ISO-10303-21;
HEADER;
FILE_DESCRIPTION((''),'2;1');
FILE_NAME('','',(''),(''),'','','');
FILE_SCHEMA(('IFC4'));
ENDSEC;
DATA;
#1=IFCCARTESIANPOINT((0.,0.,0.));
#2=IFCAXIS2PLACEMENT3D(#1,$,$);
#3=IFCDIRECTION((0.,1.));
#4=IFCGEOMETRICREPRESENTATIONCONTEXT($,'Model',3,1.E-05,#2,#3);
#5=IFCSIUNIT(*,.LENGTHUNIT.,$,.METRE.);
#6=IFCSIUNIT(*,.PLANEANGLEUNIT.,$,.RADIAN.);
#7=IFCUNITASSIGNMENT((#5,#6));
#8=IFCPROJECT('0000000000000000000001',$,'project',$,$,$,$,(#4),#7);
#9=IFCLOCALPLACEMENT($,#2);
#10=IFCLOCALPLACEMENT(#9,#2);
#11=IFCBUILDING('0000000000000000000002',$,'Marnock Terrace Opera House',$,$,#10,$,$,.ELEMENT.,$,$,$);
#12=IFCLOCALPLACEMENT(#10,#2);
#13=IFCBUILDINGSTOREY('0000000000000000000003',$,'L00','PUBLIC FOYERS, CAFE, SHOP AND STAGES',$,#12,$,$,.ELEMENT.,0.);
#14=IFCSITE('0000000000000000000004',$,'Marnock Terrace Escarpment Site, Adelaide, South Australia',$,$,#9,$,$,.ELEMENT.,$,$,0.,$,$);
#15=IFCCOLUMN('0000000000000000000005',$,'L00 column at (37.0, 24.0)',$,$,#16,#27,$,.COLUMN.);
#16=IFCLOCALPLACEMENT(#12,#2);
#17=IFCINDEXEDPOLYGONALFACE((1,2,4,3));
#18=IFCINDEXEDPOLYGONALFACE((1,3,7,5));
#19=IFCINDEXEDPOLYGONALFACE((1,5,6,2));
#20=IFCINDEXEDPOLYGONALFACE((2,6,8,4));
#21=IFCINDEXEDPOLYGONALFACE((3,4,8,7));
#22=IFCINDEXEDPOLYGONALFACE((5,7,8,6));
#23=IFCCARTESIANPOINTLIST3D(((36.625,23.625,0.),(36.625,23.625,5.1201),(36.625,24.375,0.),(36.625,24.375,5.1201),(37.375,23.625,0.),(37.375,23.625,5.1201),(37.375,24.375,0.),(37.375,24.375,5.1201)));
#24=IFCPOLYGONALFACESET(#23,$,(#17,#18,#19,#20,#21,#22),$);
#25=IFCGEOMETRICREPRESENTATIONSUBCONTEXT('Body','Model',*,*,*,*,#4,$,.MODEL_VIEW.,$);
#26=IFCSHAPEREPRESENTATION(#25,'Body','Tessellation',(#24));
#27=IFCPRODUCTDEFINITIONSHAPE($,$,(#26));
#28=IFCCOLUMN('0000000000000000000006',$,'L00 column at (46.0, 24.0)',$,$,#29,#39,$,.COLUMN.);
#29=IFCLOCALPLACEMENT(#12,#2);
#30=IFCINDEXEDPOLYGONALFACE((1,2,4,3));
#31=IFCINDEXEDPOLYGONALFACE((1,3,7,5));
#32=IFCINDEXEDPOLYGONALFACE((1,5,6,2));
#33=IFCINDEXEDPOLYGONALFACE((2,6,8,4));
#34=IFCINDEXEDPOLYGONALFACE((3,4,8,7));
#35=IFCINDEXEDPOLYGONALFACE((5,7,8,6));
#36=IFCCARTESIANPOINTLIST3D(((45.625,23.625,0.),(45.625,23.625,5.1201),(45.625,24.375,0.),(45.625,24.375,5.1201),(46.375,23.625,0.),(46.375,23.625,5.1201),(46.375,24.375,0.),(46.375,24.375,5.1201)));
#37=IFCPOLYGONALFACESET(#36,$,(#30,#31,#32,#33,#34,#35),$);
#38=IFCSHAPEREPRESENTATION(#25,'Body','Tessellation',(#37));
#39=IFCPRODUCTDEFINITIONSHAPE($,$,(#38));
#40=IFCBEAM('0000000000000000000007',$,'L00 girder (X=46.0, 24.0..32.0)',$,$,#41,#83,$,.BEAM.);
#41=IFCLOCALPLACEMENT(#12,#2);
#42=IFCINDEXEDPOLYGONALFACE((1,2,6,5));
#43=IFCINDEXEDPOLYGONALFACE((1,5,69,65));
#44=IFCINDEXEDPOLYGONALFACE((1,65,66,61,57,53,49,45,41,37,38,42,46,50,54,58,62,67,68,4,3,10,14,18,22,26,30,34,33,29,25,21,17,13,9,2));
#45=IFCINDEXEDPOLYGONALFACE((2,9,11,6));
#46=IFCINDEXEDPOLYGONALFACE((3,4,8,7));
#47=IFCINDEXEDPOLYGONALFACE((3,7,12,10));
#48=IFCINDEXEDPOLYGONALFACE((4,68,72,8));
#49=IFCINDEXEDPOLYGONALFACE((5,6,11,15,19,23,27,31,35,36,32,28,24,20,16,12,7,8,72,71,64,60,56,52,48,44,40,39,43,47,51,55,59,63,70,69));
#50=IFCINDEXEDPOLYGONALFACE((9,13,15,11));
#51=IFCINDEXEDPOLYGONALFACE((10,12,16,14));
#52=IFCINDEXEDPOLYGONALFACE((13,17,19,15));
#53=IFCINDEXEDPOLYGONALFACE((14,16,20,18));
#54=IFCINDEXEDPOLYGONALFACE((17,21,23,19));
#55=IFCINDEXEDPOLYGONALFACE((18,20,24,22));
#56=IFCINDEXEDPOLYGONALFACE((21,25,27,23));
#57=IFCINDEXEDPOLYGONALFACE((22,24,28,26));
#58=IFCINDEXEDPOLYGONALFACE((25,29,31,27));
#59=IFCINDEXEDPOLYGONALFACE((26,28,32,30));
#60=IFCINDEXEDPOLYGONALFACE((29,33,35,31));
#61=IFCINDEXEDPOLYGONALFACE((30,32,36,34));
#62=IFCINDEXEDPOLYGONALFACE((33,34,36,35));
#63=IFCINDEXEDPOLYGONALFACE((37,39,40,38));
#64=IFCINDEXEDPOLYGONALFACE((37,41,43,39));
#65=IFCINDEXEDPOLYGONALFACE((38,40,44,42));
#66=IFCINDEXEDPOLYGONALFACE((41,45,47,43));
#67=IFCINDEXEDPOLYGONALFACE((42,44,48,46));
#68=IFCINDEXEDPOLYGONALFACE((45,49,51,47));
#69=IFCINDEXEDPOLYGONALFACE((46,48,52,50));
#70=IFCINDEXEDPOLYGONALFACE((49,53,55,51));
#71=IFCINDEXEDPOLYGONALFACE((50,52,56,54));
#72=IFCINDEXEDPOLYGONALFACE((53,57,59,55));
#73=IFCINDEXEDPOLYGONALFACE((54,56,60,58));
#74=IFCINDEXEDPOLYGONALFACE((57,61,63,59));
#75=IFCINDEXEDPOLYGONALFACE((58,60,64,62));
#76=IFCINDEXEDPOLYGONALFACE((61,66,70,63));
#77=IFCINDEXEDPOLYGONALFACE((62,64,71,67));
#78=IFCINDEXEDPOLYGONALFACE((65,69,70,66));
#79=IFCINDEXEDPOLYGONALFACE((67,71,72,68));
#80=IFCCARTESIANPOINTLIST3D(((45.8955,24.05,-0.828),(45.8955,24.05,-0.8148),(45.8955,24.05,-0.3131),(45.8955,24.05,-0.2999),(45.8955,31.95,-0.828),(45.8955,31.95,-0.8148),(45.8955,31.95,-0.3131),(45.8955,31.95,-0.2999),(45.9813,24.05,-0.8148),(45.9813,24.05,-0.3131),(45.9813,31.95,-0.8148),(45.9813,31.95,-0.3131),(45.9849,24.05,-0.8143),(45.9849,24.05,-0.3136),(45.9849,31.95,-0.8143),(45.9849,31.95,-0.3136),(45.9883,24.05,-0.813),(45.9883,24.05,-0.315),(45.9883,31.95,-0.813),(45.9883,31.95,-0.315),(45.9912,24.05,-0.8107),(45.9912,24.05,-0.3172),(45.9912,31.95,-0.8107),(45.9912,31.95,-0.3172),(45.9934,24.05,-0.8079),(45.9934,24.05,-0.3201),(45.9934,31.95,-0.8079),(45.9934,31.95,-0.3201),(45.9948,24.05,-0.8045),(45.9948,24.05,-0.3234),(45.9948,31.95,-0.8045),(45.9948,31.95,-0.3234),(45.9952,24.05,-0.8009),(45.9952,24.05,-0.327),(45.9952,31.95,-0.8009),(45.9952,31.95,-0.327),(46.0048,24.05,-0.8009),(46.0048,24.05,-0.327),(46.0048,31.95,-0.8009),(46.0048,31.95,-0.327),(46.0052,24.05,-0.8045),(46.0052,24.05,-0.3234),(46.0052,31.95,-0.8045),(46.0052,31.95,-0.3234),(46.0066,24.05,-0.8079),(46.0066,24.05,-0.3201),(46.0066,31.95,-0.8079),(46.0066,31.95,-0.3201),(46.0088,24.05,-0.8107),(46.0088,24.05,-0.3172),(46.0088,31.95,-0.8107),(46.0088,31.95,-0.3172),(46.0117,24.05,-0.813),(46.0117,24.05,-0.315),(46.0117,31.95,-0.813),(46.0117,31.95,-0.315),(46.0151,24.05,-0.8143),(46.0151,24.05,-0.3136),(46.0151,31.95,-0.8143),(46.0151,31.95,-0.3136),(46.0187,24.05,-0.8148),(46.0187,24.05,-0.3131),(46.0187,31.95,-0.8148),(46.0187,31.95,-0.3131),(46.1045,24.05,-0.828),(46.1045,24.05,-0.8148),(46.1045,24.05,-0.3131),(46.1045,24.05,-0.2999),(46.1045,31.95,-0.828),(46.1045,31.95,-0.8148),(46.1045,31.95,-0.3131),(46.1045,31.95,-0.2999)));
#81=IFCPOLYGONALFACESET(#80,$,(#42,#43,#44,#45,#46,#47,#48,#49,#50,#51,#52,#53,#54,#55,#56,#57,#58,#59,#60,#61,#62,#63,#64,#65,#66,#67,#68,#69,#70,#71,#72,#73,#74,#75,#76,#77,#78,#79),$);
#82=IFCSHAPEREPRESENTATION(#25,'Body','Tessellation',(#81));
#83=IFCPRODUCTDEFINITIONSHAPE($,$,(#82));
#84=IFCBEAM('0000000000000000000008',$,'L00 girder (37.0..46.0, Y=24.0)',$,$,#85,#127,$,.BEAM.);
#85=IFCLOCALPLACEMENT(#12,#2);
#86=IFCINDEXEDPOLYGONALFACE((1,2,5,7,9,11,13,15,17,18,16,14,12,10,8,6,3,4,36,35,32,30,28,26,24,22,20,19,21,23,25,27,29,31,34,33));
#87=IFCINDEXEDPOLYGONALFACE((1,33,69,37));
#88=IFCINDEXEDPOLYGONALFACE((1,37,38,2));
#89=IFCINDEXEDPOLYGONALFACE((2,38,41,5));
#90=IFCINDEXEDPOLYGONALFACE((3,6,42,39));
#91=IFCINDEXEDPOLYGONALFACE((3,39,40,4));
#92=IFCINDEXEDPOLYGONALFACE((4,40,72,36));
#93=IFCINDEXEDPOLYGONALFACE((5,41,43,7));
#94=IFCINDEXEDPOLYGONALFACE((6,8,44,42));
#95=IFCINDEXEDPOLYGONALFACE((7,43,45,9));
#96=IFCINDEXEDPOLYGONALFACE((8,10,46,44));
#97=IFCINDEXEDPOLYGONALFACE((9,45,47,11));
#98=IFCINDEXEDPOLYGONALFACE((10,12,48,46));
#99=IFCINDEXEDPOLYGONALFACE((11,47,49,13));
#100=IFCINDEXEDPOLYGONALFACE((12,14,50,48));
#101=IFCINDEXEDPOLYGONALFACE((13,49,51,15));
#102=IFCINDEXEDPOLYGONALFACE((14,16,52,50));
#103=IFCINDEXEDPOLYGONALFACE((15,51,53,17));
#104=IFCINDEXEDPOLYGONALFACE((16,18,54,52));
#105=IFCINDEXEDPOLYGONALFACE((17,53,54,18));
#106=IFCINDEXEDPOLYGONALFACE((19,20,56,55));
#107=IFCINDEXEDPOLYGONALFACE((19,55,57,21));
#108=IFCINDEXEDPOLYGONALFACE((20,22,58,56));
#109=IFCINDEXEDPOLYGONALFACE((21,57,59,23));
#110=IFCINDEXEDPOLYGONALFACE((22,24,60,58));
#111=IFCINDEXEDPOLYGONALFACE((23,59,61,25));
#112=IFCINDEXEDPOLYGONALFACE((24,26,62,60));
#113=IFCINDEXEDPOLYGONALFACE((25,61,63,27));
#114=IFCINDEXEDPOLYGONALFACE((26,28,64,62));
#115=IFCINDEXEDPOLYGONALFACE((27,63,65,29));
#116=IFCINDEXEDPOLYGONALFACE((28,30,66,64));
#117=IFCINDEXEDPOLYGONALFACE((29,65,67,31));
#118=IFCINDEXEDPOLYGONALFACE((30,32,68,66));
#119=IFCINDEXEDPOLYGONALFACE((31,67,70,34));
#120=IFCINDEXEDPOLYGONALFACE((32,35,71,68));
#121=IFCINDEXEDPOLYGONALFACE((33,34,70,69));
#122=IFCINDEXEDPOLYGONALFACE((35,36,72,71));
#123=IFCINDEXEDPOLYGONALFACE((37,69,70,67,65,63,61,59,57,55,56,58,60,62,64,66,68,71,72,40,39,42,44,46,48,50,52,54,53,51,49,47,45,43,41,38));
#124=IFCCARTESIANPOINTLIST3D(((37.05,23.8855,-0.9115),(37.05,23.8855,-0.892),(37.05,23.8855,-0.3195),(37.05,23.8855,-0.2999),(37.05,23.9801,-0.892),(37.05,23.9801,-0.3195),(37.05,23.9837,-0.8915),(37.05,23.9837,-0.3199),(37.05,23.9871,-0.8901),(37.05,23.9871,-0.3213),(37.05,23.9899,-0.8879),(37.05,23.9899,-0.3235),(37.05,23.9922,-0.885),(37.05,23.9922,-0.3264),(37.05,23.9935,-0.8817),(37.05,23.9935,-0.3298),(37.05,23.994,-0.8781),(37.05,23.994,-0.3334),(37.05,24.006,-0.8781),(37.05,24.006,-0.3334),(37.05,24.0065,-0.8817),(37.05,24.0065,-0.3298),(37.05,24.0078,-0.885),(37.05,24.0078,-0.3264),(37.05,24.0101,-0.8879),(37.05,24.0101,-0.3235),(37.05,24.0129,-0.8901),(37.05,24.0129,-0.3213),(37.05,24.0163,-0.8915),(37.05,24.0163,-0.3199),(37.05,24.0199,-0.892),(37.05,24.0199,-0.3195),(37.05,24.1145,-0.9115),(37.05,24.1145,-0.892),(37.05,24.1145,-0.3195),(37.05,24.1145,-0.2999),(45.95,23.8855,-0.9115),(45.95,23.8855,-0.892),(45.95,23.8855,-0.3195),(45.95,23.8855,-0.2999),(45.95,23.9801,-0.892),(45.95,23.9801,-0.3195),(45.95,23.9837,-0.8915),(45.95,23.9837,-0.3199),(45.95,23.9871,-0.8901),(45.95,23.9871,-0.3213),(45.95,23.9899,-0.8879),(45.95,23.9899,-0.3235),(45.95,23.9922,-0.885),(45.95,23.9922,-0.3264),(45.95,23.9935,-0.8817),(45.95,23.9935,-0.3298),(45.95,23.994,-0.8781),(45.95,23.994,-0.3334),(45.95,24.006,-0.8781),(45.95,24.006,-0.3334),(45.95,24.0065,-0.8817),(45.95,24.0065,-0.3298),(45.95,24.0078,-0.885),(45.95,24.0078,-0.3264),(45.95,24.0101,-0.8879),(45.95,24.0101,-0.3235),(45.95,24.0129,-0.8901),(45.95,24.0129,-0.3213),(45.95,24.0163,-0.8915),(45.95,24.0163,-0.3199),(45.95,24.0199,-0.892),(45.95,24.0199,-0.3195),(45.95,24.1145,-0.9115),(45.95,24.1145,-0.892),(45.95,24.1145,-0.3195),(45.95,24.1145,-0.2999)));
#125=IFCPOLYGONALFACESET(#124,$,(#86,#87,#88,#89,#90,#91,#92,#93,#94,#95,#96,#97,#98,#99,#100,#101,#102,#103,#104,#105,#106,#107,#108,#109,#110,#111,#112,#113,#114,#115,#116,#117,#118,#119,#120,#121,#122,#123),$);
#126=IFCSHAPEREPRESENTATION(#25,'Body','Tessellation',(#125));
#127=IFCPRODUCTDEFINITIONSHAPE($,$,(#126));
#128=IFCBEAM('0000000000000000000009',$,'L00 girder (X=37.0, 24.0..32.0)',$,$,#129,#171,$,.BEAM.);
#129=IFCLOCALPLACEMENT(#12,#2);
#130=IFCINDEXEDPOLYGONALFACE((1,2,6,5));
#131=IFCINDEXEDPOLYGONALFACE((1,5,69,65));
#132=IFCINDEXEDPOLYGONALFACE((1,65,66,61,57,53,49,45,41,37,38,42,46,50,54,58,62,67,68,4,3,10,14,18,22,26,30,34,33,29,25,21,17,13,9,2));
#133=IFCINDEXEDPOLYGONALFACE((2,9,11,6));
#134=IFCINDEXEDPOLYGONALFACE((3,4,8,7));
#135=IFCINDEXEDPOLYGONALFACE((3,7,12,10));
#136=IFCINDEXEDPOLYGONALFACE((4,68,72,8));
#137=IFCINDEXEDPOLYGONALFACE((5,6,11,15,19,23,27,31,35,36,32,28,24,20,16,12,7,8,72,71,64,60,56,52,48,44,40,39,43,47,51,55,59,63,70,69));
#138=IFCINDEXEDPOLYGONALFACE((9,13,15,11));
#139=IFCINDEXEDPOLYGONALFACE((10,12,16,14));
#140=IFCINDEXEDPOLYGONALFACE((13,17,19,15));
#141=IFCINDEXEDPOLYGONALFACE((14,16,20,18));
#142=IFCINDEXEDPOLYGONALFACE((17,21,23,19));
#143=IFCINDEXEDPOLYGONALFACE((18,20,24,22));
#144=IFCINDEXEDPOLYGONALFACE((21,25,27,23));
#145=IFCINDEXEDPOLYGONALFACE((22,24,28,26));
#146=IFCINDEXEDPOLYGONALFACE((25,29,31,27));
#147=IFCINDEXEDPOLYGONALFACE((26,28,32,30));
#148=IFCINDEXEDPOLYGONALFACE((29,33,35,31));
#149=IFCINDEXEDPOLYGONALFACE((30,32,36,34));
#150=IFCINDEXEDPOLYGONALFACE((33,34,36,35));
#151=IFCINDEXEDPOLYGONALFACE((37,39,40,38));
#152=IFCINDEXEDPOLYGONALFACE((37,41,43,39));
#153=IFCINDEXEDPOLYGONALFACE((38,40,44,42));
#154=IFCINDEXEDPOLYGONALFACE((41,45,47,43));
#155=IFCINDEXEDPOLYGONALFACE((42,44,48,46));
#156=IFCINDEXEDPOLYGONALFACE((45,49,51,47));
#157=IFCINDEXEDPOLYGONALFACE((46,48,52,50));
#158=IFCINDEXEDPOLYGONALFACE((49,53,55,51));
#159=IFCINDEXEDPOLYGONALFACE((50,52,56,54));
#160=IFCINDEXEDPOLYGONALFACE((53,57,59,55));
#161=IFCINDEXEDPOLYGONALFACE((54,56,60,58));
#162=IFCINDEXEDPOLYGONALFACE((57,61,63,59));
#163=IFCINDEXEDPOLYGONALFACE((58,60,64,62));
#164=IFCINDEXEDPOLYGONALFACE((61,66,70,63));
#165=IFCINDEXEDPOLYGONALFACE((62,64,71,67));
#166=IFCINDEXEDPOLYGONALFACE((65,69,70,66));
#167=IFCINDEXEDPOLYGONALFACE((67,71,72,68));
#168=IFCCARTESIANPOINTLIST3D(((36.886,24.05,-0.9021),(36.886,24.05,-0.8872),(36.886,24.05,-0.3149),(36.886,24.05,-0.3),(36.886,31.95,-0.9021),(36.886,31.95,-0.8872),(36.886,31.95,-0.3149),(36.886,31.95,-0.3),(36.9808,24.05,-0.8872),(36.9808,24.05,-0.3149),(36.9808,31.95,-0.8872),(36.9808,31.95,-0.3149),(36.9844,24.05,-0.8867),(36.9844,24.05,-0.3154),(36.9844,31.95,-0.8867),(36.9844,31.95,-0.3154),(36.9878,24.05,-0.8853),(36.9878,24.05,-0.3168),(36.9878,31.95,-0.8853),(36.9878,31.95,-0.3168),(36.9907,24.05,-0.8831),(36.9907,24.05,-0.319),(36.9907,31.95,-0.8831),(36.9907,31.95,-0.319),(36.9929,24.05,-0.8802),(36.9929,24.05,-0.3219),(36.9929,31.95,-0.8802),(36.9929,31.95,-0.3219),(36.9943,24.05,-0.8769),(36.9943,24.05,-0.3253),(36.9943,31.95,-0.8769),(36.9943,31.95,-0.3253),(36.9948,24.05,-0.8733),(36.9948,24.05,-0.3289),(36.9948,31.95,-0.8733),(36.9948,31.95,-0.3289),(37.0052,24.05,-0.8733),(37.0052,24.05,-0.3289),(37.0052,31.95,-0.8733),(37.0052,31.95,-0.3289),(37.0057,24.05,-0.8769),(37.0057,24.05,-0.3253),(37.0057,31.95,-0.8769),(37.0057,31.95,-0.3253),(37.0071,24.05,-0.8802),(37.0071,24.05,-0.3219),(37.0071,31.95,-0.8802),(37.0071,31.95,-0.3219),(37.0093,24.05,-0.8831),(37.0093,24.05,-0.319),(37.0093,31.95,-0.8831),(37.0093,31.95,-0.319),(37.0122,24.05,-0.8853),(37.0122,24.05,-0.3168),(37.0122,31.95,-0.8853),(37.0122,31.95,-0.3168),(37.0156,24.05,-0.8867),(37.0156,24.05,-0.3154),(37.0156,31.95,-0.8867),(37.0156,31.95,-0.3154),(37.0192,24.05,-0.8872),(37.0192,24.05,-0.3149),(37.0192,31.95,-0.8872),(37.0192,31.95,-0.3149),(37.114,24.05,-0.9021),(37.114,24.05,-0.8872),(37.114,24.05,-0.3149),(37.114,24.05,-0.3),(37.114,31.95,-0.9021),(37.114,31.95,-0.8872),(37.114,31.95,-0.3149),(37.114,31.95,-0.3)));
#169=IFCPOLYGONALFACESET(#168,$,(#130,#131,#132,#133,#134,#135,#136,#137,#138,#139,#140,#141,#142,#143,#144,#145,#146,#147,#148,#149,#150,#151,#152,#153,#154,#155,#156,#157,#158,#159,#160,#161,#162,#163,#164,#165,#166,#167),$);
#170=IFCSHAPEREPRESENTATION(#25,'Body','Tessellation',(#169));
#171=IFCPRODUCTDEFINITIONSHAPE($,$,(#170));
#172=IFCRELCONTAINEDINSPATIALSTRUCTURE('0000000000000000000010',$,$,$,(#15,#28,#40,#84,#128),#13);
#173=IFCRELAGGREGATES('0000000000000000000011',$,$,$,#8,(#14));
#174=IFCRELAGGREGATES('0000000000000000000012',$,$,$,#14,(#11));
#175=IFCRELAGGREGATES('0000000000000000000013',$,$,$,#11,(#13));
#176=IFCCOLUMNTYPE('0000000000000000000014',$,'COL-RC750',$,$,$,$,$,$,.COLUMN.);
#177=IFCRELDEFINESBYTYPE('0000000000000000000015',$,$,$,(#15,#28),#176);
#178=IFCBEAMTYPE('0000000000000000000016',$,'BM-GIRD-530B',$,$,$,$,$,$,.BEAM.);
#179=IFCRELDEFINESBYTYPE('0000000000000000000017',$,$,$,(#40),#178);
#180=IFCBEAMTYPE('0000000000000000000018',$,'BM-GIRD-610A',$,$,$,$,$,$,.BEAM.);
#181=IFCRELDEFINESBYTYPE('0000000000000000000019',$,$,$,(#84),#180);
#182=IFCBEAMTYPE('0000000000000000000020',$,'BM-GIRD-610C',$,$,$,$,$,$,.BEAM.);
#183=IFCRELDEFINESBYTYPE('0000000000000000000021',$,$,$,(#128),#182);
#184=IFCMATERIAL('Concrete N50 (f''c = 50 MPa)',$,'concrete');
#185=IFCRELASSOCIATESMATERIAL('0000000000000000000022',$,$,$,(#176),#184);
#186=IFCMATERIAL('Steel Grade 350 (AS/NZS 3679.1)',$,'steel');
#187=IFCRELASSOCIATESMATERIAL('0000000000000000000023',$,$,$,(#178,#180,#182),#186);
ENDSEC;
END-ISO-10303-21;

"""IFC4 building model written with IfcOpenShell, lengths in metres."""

from ifc_helpers import new_model, si_unit, direction, frame, origin, origin_2d, place, context, subcontext, project, spatial, rectangle, i_section, extrude, material, material_profile, profile_set, type_object, element, save


model = new_model("IFC4")

# Units and contexts
model_context = context("Model", 3, precision=1e-05, world=origin(), true_north=direction((0.0, 1.0)))
body_context = subcontext(model_context, "Body", "Model", "MODEL_VIEW")
ifc_project = project(units=[si_unit("LENGTHUNIT", "METRE"), si_unit("PLANEANGLEUNIT", "RADIAN")], contexts=[model_context])

# Site, building, storey
site_placement = place(None, origin())
site = spatial("IfcSite", under=ifc_project, at=site_placement, Name="Marnock Terrace Escarpment Site, Adelaide, South Australia", CompositionType="ELEMENT", RefElevation=0.0)
building_placement = place(site_placement, origin())
building = spatial("IfcBuilding", under=site, at=building_placement, Name="Marnock Terrace Opera House", CompositionType="ELEMENT")
storey_placement = place(building_placement, origin())
storey = spatial("IfcBuildingStorey", under=building, at=storey_placement, Name="L00", Description="PUBLIC FOYERS, CAFE, SHOP AND STAGES", CompositionType="ELEMENT", Elevation=0.0)

# Columns
ifc_material_1 = material(Name="Concrete N50 (f'c = 50 MPa)", Category="concrete")
ifc_material_profile_1 = material_profile(ifc_material_1, rectangle(XDim=0.75, YDim=0.75, at=origin_2d()))
ifc_profile_set_1 = profile_set([ifc_material_profile_1], Name="Concrete N50 (f'c = 50 MPa)")
column_type = type_object("IfcColumnType", Name="COL-RC750", PredefinedType="COLUMN", material=ifc_profile_set_1)
for number, where, z_axis, x_axis, name in (
    (1, (37.0, 24.0, 0.0), (0.0, 0.0, 1.0), (1.0, 0.0, 0.0), "L00 column at (37.0, 24.0)"),
    (2, (46.0, 24.0, 0.0), (0.0, 0.0, 1.0), (1.0, 0.0, 0.0), "L00 column at (46.0, 24.0)"),
):
    element("IfcColumn", number, at=place(storey_placement, frame(where, z_axis=z_axis, x_axis=x_axis)), inside=storey, type_object=column_type, Name=name, PredefinedType="COLUMN", context=body_context, shape_type="SweptSolid", body=[
        extrude(rectangle(XDim=0.75, YDim=0.75, at=origin_2d()), origin(), (0.0, 0.0, 1.0), 5.1201),
    ])

# Beams
ifc_material_2 = material(Name="Steel Grade 350 (AS/NZS 3679.1)", Category="steel")
ifc_material_profile_2 = material_profile(ifc_material_2, i_section(OverallWidth=0.209, OverallDepth=0.5281, WebThickness=0.0095, FlangeThickness=0.0132, FilletRadius=0.0139, at=origin_2d()))
ifc_profile_set_2 = profile_set([ifc_material_profile_2], Name="Steel Grade 350 (AS/NZS 3679.1)")
beam_type_1 = type_object("IfcBeamType", Name="BM-GIRD-530B", PredefinedType="BEAM", material=ifc_profile_set_2)
beam_1_placement = place(storey_placement, frame((46.0, 24.05, -0.564), z_axis=(0.0, 1.0, 0.0), x_axis=(-1.0, 0.0, 0.0)))
element("IfcBeam", 3, at=beam_1_placement, inside=storey, type_object=beam_type_1, Name="L00 girder (X=46.0, 24.0..32.0)", PredefinedType="BEAM", context=body_context, shape_type="SweptSolid", body=[
    extrude(i_section(OverallWidth=0.209, OverallDepth=0.5281, WebThickness=0.0095, FlangeThickness=0.0132, FilletRadius=0.0139, at=origin_2d()), origin(), (0.0, 0.0, 1.0), 7.8999),
])
ifc_material_profile_3 = material_profile(ifc_material_2, i_section(OverallWidth=0.229, OverallDepth=0.6116, WebThickness=0.012, FlangeThickness=0.0195, FilletRadius=0.0139, at=origin_2d()))
ifc_profile_set_3 = profile_set([ifc_material_profile_3], Name="Steel Grade 350 (AS/NZS 3679.1)")
beam_type_2 = type_object("IfcBeamType", Name="BM-GIRD-610A", PredefinedType="BEAM", material=ifc_profile_set_3)
beam_2_placement = place(storey_placement, frame((37.05, 24.0, -0.6057), z_axis=(1.0, 0.0, 0.0), x_axis=(0.0, 1.0, 0.0)))
element("IfcBeam", 4, at=beam_2_placement, inside=storey, type_object=beam_type_2, Name="L00 girder (37.0..46.0, Y=24.0)", PredefinedType="BEAM", context=body_context, shape_type="SweptSolid", body=[
    extrude(i_section(OverallWidth=0.229, OverallDepth=0.6116, WebThickness=0.012, FlangeThickness=0.0195, FilletRadius=0.0139, at=origin_2d()), origin(), (0.0, 0.0, 1.0), 8.8999),
])
ifc_material_profile_4 = material_profile(ifc_material_2, i_section(OverallWidth=0.228, OverallDepth=0.6021, WebThickness=0.0105, FlangeThickness=0.0149, FilletRadius=0.0139, at=origin_2d()))
ifc_profile_set_4 = profile_set([ifc_material_profile_4], Name="Steel Grade 350 (AS/NZS 3679.1)")
beam_type_3 = type_object("IfcBeamType", Name="BM-GIRD-610C", PredefinedType="BEAM", material=ifc_profile_set_4)
beam_3_placement = place(storey_placement, frame((37.0, 24.05, -0.6011), z_axis=(0.0, 1.0, 0.0), x_axis=(-1.0, 0.0, 0.0)))
element("IfcBeam", 5, at=beam_3_placement, inside=storey, type_object=beam_type_3, Name="L00 girder (X=37.0, 24.0..32.0)", PredefinedType="BEAM", context=body_context, shape_type="SweptSolid", body=[
    extrude(i_section(OverallWidth=0.228, OverallDepth=0.6021, WebThickness=0.0105, FlangeThickness=0.0149, FilletRadius=0.0139, at=origin_2d()), origin(), (0.0, 0.0, 1.0), 7.8999),
])

save(model, "model.ifc")
